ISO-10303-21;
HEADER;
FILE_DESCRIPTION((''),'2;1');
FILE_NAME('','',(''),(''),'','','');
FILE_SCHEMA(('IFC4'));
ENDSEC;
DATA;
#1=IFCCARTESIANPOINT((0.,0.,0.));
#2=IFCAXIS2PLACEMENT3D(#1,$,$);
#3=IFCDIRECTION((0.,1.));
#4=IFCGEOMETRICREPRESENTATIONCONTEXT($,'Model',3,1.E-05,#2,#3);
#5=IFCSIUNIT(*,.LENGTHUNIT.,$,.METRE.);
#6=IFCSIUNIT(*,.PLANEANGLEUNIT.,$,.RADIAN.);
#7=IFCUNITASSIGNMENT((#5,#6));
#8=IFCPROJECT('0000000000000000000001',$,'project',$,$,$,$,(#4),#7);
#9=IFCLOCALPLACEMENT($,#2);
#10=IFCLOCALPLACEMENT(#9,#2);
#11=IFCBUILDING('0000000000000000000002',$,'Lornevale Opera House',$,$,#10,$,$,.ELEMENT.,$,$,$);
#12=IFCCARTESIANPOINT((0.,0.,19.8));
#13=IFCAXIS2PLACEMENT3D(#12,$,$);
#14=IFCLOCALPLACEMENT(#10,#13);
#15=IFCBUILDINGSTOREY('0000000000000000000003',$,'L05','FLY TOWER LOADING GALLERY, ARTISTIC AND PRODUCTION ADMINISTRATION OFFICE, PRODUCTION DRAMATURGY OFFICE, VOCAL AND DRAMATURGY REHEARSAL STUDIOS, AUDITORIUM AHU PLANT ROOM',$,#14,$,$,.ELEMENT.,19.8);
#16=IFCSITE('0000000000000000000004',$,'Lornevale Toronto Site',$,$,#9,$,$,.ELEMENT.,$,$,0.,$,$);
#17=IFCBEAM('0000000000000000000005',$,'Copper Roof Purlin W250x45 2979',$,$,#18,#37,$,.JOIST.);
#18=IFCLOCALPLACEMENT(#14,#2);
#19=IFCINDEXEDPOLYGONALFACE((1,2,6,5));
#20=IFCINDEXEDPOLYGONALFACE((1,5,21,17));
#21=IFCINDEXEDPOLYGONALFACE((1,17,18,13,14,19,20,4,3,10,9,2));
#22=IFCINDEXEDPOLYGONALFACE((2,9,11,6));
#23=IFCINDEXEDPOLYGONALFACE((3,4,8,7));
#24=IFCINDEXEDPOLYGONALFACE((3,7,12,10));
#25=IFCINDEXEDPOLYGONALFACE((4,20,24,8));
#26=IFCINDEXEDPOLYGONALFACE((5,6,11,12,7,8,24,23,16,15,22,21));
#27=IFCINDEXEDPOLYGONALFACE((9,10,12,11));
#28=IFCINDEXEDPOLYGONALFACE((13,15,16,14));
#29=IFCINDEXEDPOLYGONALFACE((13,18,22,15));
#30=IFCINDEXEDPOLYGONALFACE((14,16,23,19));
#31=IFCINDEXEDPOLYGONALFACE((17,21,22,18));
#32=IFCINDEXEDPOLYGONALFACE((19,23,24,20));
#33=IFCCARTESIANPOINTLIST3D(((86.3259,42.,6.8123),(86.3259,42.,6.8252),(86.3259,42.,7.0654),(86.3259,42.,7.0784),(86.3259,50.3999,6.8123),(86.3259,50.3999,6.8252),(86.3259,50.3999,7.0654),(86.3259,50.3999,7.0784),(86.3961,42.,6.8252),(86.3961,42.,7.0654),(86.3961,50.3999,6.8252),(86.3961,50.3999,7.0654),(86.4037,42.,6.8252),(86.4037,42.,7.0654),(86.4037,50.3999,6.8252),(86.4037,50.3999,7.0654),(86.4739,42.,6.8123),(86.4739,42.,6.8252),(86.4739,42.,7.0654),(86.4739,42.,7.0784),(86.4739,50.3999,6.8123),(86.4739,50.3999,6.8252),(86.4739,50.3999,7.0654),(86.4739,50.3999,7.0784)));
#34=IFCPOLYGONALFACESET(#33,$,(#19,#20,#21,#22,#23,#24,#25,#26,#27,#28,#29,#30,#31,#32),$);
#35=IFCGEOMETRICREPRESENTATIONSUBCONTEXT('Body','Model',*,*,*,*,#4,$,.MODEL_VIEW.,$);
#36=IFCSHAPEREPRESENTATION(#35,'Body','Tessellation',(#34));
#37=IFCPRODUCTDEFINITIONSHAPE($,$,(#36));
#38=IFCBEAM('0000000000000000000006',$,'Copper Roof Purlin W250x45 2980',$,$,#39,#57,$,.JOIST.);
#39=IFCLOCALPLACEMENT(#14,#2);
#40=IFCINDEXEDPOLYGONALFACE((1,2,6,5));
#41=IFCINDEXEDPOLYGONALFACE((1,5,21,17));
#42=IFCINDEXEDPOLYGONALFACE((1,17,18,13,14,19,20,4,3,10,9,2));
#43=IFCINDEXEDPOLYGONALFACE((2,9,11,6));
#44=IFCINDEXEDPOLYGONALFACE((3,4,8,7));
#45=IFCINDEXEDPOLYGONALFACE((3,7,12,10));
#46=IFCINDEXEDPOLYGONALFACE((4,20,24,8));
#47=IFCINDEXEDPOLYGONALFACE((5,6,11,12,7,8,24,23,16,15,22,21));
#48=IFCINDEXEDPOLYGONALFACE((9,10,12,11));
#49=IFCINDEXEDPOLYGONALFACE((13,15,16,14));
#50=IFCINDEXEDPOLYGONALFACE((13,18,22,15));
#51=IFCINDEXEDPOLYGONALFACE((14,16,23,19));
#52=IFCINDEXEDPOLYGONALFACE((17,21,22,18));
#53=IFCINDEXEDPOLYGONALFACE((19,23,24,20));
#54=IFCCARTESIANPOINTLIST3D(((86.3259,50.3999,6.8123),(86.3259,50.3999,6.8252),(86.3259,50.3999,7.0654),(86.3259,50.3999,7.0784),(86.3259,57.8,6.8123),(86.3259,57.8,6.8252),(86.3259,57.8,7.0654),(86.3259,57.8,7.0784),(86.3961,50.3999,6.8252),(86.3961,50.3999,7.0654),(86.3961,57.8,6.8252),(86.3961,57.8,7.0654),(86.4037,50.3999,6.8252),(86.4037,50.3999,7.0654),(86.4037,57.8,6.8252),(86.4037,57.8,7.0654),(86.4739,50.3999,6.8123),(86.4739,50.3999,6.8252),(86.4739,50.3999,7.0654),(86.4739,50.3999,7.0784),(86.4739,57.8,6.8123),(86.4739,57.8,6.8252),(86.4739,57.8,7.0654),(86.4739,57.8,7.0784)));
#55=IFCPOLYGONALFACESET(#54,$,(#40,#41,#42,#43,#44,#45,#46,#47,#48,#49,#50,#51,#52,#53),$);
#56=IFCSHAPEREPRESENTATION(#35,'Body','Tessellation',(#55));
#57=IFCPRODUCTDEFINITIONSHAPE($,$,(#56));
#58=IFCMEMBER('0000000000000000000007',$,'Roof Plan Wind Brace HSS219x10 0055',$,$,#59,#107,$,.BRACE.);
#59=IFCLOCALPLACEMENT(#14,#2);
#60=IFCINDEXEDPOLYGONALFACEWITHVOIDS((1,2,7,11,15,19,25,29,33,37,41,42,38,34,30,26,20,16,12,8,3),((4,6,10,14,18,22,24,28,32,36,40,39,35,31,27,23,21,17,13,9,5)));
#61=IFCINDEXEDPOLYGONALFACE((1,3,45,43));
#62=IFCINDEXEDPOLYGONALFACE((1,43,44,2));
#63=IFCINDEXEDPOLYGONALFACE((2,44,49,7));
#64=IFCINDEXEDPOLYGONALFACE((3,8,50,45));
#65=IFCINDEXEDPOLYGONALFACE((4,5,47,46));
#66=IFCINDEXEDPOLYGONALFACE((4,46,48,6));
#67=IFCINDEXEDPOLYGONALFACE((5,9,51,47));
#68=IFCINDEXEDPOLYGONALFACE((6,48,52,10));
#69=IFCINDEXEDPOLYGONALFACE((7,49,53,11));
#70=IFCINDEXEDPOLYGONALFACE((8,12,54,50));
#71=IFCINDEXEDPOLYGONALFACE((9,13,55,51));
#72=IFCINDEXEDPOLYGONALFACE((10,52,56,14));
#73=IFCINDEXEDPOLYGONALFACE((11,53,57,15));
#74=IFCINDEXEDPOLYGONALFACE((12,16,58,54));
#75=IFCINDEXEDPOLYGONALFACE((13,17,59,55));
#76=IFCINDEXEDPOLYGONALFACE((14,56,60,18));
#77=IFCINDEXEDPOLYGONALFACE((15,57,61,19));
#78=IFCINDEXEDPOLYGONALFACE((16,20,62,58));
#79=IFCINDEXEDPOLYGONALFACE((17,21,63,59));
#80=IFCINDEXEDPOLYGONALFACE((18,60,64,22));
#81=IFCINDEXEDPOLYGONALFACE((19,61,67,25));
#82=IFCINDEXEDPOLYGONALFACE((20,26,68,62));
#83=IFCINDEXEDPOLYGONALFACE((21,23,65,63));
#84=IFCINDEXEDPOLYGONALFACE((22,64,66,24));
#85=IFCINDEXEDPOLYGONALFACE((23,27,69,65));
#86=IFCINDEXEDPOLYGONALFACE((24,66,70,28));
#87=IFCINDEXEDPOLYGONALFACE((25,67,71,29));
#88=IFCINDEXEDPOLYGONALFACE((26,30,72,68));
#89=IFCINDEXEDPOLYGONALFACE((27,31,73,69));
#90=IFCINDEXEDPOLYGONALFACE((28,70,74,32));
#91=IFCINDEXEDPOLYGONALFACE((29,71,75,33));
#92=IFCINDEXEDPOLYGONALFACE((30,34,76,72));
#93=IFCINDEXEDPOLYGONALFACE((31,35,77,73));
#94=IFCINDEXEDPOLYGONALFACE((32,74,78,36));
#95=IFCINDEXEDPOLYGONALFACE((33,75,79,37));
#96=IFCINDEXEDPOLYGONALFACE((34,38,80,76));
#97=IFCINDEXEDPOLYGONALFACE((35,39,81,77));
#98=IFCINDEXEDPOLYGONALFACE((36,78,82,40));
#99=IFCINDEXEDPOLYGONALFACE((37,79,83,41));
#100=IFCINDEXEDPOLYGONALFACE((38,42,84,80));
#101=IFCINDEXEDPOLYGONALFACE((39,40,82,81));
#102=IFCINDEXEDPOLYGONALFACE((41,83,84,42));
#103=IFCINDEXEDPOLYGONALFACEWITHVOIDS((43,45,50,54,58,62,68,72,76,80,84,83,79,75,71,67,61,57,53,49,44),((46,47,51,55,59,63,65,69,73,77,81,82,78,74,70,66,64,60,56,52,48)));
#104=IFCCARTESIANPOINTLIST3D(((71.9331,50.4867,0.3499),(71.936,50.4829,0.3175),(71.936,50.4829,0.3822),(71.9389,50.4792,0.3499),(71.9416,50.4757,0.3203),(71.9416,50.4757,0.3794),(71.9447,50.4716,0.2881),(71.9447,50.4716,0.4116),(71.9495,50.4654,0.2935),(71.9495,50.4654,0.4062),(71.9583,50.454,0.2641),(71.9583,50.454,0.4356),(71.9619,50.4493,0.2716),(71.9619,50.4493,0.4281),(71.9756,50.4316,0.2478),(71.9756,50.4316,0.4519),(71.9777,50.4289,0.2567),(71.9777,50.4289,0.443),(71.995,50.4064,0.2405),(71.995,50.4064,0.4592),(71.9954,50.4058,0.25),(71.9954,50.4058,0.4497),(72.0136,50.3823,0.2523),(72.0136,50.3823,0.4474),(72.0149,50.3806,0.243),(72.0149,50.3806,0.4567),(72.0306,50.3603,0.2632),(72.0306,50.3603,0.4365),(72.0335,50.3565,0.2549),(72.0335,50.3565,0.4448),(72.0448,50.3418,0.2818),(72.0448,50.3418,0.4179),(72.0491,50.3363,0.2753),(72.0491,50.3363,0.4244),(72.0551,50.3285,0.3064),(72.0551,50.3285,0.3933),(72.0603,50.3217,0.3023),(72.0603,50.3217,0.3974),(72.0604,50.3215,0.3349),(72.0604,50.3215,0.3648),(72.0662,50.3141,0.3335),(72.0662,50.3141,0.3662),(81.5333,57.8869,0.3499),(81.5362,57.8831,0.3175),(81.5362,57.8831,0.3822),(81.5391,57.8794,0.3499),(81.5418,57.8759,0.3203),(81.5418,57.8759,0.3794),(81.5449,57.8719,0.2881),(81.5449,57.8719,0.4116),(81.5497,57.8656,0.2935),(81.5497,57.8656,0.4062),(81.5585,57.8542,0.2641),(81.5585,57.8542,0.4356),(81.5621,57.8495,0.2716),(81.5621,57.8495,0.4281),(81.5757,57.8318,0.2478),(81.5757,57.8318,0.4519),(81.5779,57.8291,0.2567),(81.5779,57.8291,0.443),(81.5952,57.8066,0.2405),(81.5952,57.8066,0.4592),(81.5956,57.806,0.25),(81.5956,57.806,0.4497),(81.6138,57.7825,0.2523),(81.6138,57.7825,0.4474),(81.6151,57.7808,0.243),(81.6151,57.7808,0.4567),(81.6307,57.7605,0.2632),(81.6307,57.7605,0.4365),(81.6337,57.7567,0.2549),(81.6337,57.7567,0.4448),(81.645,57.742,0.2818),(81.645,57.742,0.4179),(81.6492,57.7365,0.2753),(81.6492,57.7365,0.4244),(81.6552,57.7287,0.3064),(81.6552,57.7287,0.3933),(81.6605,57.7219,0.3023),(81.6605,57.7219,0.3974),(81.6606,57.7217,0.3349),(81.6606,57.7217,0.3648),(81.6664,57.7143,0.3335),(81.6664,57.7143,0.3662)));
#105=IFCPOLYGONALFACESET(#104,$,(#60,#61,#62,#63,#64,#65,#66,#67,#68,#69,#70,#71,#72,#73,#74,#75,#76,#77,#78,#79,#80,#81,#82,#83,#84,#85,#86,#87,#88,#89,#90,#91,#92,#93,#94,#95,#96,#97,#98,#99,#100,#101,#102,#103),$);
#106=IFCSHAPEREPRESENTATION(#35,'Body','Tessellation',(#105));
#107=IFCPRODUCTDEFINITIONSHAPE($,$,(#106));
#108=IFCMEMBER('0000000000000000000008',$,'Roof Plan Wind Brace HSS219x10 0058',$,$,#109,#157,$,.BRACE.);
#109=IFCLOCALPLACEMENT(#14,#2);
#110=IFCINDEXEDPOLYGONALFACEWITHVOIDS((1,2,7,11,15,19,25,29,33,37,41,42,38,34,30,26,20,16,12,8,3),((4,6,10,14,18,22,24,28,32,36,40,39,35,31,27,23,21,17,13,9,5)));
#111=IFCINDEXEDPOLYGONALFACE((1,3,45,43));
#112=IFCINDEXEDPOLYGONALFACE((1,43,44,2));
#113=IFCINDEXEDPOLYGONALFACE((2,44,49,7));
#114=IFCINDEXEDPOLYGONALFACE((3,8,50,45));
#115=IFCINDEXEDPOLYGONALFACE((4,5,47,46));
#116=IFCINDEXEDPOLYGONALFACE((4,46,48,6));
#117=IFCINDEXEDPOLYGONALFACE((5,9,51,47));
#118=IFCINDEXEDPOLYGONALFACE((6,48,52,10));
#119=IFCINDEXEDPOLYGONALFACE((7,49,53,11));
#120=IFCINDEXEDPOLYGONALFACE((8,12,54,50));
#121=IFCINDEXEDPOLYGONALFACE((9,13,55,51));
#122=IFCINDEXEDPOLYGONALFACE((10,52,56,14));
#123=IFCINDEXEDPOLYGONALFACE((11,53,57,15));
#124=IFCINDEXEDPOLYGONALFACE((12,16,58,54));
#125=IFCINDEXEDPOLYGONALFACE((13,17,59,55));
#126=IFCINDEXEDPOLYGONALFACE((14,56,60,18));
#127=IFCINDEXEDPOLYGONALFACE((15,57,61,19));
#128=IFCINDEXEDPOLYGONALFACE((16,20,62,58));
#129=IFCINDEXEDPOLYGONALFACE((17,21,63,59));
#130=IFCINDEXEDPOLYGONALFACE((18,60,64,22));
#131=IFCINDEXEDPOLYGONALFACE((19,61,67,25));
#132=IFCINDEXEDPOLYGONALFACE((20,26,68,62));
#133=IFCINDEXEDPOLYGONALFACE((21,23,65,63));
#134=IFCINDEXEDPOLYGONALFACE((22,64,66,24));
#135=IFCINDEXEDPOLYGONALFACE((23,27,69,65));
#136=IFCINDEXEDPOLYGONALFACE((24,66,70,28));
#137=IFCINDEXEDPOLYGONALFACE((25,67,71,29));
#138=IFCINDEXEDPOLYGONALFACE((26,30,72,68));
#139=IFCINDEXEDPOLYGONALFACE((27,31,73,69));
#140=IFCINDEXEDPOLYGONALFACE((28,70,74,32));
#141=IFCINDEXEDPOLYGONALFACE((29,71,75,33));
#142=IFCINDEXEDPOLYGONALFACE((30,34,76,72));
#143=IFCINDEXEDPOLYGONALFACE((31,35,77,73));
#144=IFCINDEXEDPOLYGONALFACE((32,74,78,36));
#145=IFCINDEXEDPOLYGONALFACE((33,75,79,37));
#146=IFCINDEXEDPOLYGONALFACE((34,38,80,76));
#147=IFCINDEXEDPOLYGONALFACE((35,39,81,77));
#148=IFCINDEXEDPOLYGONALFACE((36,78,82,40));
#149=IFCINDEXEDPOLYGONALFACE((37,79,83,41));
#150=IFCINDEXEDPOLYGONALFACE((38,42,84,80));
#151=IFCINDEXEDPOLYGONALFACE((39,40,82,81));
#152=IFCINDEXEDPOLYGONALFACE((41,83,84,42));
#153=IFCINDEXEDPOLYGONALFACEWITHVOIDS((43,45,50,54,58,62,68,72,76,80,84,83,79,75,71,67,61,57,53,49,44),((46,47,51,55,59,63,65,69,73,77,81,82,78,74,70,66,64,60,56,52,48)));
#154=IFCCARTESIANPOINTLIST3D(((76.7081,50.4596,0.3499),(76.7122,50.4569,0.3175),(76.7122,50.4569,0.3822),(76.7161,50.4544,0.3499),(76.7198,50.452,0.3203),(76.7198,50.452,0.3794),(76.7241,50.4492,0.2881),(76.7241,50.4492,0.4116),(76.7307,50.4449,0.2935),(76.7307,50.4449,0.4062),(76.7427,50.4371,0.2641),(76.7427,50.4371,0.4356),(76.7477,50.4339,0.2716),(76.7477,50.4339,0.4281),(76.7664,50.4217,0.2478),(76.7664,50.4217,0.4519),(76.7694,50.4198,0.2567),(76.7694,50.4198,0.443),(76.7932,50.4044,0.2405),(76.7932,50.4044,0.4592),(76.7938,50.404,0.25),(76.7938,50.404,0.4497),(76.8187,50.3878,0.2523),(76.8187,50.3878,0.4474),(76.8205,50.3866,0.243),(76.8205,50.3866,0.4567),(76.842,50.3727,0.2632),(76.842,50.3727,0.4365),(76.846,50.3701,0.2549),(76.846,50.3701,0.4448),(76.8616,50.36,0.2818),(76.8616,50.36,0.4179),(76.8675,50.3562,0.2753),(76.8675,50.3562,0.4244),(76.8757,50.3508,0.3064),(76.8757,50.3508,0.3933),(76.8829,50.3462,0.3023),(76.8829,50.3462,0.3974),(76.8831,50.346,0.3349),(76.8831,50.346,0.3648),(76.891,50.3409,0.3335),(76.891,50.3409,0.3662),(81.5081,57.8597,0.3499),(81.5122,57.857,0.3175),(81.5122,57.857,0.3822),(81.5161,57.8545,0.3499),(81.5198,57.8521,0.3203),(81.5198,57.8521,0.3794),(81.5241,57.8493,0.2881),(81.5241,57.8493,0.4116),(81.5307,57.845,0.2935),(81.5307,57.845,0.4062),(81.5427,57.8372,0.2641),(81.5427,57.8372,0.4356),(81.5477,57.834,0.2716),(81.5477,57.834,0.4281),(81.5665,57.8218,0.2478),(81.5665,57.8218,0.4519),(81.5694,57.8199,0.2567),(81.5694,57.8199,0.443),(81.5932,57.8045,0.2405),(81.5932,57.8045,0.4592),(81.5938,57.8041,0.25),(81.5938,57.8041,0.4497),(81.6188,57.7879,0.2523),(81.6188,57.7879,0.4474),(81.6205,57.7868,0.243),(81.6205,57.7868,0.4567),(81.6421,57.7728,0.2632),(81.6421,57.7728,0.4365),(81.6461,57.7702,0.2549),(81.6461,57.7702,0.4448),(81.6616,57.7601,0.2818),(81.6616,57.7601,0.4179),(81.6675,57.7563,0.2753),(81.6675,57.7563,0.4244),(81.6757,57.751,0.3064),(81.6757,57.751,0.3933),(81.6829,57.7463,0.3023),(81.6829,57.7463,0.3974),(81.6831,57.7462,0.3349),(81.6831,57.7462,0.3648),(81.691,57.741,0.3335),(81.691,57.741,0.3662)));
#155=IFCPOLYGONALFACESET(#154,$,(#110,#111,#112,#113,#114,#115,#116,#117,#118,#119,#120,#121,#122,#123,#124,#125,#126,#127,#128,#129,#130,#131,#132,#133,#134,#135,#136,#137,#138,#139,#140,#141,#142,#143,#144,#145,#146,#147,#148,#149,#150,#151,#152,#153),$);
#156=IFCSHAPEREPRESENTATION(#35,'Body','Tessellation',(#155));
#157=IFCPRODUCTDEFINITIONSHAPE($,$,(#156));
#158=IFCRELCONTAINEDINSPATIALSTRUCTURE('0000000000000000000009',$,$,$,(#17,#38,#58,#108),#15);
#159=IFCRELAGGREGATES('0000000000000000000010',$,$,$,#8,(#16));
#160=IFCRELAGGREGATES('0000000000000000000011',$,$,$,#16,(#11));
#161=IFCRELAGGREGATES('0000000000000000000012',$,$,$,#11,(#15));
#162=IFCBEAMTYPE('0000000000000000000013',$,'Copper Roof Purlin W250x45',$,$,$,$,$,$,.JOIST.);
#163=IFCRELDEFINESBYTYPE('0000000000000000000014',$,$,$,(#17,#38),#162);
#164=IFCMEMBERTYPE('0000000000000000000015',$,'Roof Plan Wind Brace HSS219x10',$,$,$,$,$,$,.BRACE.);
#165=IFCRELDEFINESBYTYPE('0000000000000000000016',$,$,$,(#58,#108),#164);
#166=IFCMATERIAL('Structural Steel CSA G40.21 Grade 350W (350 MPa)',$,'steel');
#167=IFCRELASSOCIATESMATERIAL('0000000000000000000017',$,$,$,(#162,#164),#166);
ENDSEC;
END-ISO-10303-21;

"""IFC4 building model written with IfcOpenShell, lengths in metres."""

from ifc_helpers import new_model, si_unit, direction, frame, origin, origin_2d, place, context, subcontext, project, spatial, hollow_circle, i_section, extrude, material, material_profile, profile_set, type_object, element, save


model = new_model("IFC4")

# Units and contexts
model_context = context("Model", 3, precision=1e-05, world=origin(), true_north=direction((0.0, 1.0)))
body_context = subcontext(model_context, "Body", "Model", "MODEL_VIEW")
ifc_project = project(units=[si_unit("LENGTHUNIT", "METRE"), si_unit("PLANEANGLEUNIT", "RADIAN")], contexts=[model_context])

# Site, building, storey
site_placement = place(None, origin())
site = spatial("IfcSite", under=ifc_project, at=site_placement, Name="Lornevale Toronto Site", CompositionType="ELEMENT", RefElevation=0.0)
building_placement = place(site_placement, origin())
building = spatial("IfcBuilding", under=site, at=building_placement, Name="Lornevale Opera House", CompositionType="ELEMENT")
storey_placement = place(building_placement, frame((0.0, 0.0, 19.8)))
storey = spatial("IfcBuildingStorey", under=building, at=storey_placement, Name="L05", Description="FLY TOWER LOADING GALLERY, ARTISTIC AND PRODUCTION ADMINISTRATION OFFICE, PRODUCTION DRAMATURGY OFFICE, VOCAL AND DRAMATURGY REHEARSAL STUDIOS, AUDITORIUM AHU PLANT ROOM", CompositionType="ELEMENT", Elevation=19.8)

# Shared definitions
ifc_material_1 = material(Name="Structural Steel CSA G40.21 Grade 350W (350 MPa)", Category="steel")

# Beams
ifc_material_profile_1 = material_profile(ifc_material_1, i_section(OverallWidth=0.1479, OverallDepth=0.2661, WebThickness=0.0076, FlangeThickness=0.0129, at=origin_2d()), Name="W250x45")
ifc_profile_set_1 = profile_set([ifc_material_profile_1], Name="Structural Steel CSA G40.21 Grade 350W (350 MPa)")
beam_type_1 = type_object("IfcBeamType", Name="Copper Roof Purlin W250x45", PredefinedType="JOIST", material=ifc_profile_set_1)
beam_1_placement = place(storey_placement, frame((86.3999, 42.0, 6.9453), z_axis=(0.0, 1.0, 0.0), x_axis=(-1.0, 0.0, 0.0)))
element("IfcBeam", 1, at=beam_1_placement, inside=storey, type_object=beam_type_1, Name="Copper Roof Purlin W250x45 2979", PredefinedType="JOIST", context=body_context, shape_type="SweptSolid", body=[
    extrude(i_section(OverallWidth=0.1479, OverallDepth=0.2661, WebThickness=0.0076, FlangeThickness=0.0129, at=origin_2d()), origin(), (0.0, 0.0, 1.0), 8.3999),
])
beam_2_placement = place(storey_placement, frame((86.3999, 50.3999, 6.9453), z_axis=(0.0, 1.0, 0.0), x_axis=(-1.0, 0.0, 0.0)))
element("IfcBeam", 2, at=beam_2_placement, inside=storey, type_object=beam_type_1, Name="Copper Roof Purlin W250x45 2980", PredefinedType="JOIST", context=body_context, shape_type="SweptSolid", body=[
    extrude(i_section(OverallWidth=0.1479, OverallDepth=0.2661, WebThickness=0.0076, FlangeThickness=0.0129, at=origin_2d()), origin(), (0.0, 0.0, 1.0), 7.4001),
])

# Members
ifc_material_profile_2 = material_profile(ifc_material_1, hollow_circle(Radius=0.1096, WallThickness=0.0095, at=origin_2d()), Name="HSS219x10")
ifc_profile_set_2 = profile_set([ifc_material_profile_2], Name="Structural Steel CSA G40.21 Grade 350W (350 MPa)")
member_type_1 = type_object("IfcMemberType", Name="Roof Plan Wind Brace HSS219x10", PredefinedType="BRACE", material=ifc_profile_set_2)
member_1_placement = place(storey_placement, frame((72.0, 50.3999, 0.3499), z_axis=(0.792007, 0.610512, 0.0), x_axis=(-0.610512, 0.792007, 0.0)))
element("IfcMember", 3, at=member_1_placement, inside=storey, type_object=member_type_1, Name="Roof Plan Wind Brace HSS219x10 0055", PredefinedType="BRACE", context=body_context, shape_type="SweptSolid", body=[
    extrude(hollow_circle(Radius=0.1096, WallThickness=0.0095, at=origin_2d()), origin(), (0.0, 0.0, 1.0), 12.1213),
])
member_2_placement = place(storey_placement, frame((76.8, 50.3999, 0.3499), z_axis=(0.544187, 0.838964, 0.0), x_axis=(-0.838964, 0.544187, 0.0)))
element("IfcMember", 4, at=member_2_placement, inside=storey, type_object=member_type_1, Name="Roof Plan Wind Brace HSS219x10 0058", PredefinedType="BRACE", context=body_context, shape_type="SweptSolid", body=[
    extrude(hollow_circle(Radius=0.1096, WallThickness=0.0095, at=origin_2d()), origin(), (0.0, 0.0, 1.0), 8.8206),
])

save(model, "model.ifc")
